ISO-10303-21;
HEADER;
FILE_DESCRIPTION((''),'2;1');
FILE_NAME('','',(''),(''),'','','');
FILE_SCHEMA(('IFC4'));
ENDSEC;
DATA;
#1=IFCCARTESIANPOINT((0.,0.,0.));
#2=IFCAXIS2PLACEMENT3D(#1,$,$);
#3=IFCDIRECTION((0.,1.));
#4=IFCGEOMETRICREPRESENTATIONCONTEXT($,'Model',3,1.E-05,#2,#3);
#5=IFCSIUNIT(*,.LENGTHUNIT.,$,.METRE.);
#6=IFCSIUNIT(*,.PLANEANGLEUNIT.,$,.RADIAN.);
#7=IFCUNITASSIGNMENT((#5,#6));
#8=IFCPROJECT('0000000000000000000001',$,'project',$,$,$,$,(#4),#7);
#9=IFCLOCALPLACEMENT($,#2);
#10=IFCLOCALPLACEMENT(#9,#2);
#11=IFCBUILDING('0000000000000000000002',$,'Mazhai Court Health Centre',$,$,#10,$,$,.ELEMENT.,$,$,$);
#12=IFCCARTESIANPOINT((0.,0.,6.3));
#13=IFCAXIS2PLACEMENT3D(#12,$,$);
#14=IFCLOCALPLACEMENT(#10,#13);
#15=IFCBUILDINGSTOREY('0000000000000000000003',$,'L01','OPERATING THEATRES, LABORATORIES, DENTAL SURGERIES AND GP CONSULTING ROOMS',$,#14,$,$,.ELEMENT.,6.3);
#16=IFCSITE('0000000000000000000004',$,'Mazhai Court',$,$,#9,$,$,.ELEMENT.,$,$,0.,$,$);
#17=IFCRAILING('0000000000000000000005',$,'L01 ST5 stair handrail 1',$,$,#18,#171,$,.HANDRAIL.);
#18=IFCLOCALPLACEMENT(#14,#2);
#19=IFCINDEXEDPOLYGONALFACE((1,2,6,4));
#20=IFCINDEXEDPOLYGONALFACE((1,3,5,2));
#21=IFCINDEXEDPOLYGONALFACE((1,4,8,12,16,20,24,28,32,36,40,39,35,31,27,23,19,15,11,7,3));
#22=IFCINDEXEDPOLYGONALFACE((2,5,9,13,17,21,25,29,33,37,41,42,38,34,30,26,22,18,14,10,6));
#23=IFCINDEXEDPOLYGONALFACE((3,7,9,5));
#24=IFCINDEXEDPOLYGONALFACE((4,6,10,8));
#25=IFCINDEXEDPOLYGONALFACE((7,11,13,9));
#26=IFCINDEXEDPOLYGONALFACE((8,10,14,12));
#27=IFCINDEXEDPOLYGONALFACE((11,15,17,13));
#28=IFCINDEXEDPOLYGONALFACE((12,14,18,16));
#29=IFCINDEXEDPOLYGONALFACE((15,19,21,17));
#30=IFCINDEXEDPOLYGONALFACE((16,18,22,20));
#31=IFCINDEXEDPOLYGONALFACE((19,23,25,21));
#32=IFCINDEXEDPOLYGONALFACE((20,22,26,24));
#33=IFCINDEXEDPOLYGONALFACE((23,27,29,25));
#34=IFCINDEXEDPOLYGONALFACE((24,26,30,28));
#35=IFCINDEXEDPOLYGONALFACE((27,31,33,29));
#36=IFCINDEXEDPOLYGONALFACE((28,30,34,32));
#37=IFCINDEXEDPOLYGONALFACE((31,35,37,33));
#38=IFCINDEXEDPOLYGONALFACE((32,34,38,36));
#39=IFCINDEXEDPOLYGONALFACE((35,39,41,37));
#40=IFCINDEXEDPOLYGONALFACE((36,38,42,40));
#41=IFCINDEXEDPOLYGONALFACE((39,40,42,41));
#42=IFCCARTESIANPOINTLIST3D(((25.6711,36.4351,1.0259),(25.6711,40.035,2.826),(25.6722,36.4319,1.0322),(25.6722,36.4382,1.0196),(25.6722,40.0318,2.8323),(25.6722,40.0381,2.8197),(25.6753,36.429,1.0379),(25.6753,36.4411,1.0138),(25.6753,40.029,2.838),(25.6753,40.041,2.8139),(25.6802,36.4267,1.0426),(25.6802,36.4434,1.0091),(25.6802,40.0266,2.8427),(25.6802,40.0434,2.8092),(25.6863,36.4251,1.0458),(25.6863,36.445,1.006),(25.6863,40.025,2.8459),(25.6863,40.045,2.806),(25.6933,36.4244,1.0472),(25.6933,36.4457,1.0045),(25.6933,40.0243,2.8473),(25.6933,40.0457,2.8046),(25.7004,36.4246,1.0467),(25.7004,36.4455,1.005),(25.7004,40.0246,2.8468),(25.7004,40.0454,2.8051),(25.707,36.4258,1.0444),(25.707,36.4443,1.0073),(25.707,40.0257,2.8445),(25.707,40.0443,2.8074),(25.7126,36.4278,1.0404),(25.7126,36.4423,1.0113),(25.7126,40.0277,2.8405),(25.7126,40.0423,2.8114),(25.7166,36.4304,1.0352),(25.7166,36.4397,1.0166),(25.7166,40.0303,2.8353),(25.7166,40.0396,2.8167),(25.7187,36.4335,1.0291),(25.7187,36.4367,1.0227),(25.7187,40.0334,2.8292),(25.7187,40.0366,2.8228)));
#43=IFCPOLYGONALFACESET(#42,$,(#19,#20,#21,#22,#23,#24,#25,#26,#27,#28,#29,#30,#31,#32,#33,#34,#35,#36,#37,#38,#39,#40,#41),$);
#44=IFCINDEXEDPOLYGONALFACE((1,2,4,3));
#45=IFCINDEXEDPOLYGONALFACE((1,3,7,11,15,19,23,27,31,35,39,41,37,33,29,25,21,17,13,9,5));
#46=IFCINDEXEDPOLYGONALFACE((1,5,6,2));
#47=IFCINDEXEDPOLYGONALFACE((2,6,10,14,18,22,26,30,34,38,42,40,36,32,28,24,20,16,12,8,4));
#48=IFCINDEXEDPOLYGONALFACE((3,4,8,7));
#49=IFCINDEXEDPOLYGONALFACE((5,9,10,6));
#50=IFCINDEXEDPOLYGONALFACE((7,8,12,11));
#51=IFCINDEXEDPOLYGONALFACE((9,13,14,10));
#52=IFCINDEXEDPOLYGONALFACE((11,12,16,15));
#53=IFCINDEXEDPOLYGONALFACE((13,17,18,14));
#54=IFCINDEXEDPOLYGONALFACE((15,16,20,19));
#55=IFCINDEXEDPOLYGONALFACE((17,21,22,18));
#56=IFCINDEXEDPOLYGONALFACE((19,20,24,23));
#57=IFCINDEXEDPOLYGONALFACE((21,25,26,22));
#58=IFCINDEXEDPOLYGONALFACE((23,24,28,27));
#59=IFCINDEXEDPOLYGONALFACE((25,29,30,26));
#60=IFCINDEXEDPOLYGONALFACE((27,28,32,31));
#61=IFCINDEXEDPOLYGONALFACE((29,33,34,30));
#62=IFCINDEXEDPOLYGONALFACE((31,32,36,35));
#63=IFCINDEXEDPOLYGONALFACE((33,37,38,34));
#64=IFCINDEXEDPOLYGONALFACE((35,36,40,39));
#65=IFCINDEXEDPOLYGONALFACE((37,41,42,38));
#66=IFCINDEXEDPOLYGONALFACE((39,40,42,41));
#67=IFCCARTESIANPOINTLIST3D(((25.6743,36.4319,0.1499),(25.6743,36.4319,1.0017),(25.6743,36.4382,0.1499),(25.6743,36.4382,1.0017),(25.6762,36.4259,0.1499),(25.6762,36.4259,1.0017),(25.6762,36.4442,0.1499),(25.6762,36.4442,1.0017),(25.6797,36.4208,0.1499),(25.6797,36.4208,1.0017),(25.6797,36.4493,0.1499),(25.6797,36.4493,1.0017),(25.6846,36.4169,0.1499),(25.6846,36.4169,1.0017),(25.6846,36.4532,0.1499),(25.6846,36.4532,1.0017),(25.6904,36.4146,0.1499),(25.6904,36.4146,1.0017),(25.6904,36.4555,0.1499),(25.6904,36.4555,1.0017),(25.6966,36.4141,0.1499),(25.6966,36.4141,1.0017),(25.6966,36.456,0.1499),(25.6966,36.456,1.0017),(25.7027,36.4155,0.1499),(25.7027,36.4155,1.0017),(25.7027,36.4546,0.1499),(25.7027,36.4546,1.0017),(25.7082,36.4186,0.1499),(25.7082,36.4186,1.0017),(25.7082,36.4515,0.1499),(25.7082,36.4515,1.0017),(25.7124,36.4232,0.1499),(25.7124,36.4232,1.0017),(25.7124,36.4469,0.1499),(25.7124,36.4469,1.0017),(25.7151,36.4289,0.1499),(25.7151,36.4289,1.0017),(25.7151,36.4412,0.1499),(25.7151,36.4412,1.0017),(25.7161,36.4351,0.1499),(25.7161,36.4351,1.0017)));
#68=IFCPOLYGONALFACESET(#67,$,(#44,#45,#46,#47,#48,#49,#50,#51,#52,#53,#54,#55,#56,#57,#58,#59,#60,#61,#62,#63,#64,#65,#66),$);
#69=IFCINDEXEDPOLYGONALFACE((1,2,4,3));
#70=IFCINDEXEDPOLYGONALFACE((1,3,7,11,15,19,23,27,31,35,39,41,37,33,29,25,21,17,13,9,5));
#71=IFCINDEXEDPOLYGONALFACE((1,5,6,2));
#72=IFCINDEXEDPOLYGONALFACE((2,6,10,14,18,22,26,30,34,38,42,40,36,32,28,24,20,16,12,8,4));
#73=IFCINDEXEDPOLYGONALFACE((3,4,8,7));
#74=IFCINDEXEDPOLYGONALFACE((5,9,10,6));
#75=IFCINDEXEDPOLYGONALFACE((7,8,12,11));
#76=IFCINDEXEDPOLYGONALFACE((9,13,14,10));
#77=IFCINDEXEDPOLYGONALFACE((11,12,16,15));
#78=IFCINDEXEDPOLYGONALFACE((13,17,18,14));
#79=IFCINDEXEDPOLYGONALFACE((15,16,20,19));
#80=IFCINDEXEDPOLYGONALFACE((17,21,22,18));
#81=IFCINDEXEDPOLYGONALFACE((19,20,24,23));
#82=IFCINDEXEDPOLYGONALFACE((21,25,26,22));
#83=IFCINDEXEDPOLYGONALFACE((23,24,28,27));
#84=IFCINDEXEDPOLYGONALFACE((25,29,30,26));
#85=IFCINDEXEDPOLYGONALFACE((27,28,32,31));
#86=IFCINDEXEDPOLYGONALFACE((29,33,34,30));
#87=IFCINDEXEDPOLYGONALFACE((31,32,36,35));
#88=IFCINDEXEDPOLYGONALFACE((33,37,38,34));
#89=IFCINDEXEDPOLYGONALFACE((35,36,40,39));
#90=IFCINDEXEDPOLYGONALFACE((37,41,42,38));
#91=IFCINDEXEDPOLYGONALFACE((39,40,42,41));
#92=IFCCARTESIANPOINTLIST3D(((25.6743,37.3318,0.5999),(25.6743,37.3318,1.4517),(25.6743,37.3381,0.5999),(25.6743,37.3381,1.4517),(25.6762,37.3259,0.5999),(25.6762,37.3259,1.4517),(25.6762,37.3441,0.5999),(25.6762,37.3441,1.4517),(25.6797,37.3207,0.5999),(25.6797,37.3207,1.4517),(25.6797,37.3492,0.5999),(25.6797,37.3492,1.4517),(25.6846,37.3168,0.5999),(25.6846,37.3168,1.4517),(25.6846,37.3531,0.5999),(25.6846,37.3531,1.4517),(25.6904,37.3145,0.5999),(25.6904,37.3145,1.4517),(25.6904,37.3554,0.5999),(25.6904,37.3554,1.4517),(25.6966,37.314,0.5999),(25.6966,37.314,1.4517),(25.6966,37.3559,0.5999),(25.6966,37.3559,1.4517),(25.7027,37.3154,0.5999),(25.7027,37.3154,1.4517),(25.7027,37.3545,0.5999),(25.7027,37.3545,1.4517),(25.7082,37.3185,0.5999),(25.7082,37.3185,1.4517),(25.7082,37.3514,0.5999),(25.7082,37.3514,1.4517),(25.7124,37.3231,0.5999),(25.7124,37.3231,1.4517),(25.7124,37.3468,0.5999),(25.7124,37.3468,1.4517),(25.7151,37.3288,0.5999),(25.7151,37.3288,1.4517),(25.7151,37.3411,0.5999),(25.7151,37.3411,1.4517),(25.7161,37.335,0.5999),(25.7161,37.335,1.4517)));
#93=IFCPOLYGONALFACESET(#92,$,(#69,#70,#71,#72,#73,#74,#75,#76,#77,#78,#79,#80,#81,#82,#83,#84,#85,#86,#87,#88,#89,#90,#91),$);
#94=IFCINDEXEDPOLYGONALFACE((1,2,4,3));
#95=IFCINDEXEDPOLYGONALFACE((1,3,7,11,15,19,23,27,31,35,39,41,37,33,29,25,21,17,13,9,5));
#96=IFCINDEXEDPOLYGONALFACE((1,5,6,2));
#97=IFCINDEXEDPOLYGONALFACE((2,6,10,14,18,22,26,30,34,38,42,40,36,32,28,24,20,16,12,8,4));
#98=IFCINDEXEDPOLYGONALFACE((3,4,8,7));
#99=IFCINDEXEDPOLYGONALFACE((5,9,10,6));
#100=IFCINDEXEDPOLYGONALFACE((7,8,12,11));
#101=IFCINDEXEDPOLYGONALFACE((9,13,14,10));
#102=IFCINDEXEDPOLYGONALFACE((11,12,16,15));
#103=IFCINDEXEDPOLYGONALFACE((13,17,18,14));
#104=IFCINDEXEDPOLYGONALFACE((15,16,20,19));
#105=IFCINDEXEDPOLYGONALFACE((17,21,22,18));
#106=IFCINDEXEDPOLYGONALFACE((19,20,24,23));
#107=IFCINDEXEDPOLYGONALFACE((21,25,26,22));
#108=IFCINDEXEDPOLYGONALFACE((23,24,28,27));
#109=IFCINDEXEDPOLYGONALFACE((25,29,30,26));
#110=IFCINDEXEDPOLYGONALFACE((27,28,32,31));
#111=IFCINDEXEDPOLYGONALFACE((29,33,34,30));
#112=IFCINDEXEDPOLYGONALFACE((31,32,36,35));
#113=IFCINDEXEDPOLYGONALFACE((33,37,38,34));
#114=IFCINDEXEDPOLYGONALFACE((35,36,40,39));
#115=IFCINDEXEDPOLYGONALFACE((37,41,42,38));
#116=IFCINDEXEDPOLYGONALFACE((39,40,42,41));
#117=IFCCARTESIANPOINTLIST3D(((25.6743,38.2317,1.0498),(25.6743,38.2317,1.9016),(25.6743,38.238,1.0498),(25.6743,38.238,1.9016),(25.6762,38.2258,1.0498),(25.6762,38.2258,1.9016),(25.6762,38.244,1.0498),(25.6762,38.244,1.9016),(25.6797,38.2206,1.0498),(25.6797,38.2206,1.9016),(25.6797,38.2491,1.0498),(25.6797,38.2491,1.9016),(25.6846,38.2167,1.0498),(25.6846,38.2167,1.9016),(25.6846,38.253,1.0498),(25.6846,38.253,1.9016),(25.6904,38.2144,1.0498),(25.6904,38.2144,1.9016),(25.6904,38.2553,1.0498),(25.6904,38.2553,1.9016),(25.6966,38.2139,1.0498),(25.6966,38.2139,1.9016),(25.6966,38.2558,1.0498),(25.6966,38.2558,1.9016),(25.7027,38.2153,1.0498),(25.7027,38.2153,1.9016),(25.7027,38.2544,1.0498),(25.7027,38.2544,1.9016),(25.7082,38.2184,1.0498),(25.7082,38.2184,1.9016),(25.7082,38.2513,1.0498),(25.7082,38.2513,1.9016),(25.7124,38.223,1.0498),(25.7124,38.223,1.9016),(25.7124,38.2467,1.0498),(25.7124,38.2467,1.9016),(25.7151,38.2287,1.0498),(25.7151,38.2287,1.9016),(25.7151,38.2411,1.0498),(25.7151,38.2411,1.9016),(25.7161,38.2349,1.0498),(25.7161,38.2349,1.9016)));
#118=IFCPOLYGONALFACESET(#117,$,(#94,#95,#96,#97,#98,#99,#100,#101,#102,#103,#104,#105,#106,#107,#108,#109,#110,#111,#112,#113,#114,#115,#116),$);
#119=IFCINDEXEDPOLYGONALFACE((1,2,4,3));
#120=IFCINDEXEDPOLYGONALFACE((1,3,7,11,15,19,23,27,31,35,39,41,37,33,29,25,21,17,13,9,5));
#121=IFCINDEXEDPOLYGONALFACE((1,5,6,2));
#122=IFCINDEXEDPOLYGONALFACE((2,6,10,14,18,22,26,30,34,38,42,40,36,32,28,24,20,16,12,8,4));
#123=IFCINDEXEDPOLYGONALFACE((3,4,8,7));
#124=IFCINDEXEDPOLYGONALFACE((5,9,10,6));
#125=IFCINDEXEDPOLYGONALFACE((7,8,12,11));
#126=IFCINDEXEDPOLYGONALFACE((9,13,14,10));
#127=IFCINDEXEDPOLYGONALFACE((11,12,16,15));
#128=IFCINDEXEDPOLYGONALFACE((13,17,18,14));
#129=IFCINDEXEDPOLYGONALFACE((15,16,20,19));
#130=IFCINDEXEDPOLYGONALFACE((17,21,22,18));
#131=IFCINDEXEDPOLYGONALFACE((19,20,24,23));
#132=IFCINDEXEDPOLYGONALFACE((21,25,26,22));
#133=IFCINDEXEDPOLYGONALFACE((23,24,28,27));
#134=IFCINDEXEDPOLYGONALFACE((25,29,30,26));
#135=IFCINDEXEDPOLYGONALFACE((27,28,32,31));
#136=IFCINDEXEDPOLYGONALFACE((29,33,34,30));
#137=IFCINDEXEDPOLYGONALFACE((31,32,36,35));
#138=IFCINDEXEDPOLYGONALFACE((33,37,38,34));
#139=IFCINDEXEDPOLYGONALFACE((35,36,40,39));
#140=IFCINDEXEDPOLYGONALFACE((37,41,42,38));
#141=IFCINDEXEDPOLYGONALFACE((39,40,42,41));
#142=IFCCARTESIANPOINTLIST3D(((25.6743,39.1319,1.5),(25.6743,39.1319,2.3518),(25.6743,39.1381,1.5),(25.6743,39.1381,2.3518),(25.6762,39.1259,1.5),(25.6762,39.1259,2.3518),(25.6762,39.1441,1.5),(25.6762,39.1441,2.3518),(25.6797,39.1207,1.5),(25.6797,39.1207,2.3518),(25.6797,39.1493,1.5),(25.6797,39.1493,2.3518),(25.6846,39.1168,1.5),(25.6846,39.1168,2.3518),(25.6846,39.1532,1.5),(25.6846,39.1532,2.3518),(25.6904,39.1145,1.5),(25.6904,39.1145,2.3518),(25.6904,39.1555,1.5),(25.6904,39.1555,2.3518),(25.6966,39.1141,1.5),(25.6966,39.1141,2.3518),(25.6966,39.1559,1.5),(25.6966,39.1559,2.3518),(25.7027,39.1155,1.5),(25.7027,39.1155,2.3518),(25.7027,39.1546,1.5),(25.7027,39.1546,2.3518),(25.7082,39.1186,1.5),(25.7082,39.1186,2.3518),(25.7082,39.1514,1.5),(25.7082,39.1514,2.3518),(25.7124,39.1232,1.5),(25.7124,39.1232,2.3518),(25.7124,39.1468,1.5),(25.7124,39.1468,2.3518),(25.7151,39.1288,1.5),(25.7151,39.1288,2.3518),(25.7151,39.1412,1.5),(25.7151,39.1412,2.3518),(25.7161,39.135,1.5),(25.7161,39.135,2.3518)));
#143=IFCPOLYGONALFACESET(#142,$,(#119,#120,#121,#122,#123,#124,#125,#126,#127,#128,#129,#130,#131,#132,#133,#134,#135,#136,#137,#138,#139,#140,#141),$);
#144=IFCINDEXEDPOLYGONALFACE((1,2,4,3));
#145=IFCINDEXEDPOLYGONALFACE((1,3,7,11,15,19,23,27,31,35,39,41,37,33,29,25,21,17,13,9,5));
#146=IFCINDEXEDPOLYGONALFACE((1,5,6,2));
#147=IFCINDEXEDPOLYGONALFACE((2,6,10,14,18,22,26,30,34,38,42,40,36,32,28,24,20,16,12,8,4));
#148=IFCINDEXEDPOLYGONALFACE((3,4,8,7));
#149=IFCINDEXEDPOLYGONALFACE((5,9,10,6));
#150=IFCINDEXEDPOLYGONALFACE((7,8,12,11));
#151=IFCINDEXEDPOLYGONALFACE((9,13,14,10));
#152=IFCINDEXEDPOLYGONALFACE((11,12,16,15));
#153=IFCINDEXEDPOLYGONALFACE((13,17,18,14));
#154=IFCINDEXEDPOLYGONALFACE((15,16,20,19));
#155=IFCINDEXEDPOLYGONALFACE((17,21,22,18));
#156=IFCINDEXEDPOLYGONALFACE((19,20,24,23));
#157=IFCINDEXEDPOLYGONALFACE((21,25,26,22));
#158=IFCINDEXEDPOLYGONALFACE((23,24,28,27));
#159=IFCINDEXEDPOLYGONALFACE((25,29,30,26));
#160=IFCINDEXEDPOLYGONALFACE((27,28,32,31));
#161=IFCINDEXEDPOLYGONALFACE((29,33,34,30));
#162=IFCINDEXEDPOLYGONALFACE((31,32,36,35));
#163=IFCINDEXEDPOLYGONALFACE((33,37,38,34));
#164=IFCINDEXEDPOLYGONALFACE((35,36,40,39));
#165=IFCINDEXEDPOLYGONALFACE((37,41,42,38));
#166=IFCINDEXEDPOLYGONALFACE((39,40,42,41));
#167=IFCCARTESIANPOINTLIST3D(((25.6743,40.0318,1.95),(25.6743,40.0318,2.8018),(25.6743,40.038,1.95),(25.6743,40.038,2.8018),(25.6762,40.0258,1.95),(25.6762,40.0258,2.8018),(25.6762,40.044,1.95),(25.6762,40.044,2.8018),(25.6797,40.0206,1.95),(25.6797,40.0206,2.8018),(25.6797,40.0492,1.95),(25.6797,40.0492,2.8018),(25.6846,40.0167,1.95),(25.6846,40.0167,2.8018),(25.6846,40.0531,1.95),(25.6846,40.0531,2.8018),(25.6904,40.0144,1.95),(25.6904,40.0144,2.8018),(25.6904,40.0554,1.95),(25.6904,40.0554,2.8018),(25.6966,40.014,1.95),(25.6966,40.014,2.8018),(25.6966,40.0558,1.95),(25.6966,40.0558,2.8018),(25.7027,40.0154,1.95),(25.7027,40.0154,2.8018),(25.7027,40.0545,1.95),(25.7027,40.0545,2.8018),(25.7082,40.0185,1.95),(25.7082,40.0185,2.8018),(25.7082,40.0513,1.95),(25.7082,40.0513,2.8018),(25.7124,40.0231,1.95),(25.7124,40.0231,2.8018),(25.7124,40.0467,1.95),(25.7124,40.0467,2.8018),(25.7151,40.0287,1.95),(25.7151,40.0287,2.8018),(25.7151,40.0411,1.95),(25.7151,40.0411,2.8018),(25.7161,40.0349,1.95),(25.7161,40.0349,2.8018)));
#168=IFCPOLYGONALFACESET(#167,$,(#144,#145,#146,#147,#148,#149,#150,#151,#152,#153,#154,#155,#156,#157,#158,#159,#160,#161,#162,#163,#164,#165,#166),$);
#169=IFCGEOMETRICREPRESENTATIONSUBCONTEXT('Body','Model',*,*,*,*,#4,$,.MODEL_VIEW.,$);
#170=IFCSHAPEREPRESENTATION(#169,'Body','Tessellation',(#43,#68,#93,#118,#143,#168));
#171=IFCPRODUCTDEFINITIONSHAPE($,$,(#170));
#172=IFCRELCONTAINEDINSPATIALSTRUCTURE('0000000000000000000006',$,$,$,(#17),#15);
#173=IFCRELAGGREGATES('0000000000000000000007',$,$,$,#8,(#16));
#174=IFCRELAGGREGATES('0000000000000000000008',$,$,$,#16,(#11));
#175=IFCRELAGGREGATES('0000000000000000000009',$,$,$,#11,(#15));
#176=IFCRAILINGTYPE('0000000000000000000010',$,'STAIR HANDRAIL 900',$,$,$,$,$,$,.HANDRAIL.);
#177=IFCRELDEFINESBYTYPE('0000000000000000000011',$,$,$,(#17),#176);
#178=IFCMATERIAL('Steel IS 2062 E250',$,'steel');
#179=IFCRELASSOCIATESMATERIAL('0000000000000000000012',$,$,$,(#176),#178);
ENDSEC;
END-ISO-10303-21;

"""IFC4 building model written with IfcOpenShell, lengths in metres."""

from ifc_helpers import new_model, si_unit, direction, frame, origin, origin_2d, place, context, subcontext, project, spatial, circle, extrude, material, type_object, element, save


model = new_model("IFC4")

# Units and contexts
model_context = context("Model", 3, precision=1e-05, world=origin(), true_north=direction((0.0, 1.0)))
body_context = subcontext(model_context, "Body", "Model", "MODEL_VIEW")
ifc_project = project(units=[si_unit("LENGTHUNIT", "METRE"), si_unit("PLANEANGLEUNIT", "RADIAN")], contexts=[model_context])

# Site, building, storey
site_placement = place(None, origin())
site = spatial("IfcSite", under=ifc_project, at=site_placement, Name="Mazhai Court", CompositionType="ELEMENT", RefElevation=0.0)
building_placement = place(site_placement, origin())
building = spatial("IfcBuilding", under=site, at=building_placement, Name="Mazhai Court Health Centre", CompositionType="ELEMENT")
storey_placement = place(building_placement, frame((0.0, 0.0, 6.3)))
storey = spatial("IfcBuildingStorey", under=building, at=storey_placement, Name="L01", Description="OPERATING THEATRES, LABORATORIES, DENTAL SURGERIES AND GP CONSULTING ROOMS", CompositionType="ELEMENT", Elevation=6.3)

# Railing
ifc_material_1 = material(Name="Steel IS 2062 E250", Category="steel")
railing_type_1 = type_object("IfcRailingType", Name="STAIR HANDRAIL 900", PredefinedType="HANDRAIL", material=ifc_material_1)
railing_1_placement = place(storey_placement, frame((25.6951, 36.4351, 0.1499)))
element("IfcRailing", 1, at=railing_1_placement, inside=storey, type_object=railing_type_1, Name="L01 ST5 stair handrail 1", PredefinedType="HANDRAIL", context=body_context, shape_type="SweptSolid", body=[
    extrude(circle(Radius=0.0239, at=origin_2d()), frame((0.0, 0.0, 0.876), z_axis=(0.0, 0.894415, 0.447238), x_axis=(-1.0, 0.0, 0.0)), (0.0, 0.0, 1.0), 4.0249),
    extrude(circle(Radius=0.021, at=origin_2d()), origin(), (0.0, 0.0, 1.0), 0.8518),
    extrude(circle(Radius=0.021, at=origin_2d()), frame((0.0, 0.8999, 0.45)), (0.0, 0.0, 1.0), 0.8518),
    extrude(circle(Radius=0.021, at=origin_2d()), frame((0.0, 1.7998, 0.8999)), (0.0, 0.0, 1.0), 0.8518),
    extrude(circle(Radius=0.021, at=origin_2d()), frame((0.0, 2.7, 1.3501)), (0.0, 0.0, 1.0), 0.8518),
    extrude(circle(Radius=0.021, at=origin_2d()), frame((0.0, 3.5999, 1.8)), (0.0, 0.0, 1.0), 0.8518),
])

save(model, "model.ifc")
